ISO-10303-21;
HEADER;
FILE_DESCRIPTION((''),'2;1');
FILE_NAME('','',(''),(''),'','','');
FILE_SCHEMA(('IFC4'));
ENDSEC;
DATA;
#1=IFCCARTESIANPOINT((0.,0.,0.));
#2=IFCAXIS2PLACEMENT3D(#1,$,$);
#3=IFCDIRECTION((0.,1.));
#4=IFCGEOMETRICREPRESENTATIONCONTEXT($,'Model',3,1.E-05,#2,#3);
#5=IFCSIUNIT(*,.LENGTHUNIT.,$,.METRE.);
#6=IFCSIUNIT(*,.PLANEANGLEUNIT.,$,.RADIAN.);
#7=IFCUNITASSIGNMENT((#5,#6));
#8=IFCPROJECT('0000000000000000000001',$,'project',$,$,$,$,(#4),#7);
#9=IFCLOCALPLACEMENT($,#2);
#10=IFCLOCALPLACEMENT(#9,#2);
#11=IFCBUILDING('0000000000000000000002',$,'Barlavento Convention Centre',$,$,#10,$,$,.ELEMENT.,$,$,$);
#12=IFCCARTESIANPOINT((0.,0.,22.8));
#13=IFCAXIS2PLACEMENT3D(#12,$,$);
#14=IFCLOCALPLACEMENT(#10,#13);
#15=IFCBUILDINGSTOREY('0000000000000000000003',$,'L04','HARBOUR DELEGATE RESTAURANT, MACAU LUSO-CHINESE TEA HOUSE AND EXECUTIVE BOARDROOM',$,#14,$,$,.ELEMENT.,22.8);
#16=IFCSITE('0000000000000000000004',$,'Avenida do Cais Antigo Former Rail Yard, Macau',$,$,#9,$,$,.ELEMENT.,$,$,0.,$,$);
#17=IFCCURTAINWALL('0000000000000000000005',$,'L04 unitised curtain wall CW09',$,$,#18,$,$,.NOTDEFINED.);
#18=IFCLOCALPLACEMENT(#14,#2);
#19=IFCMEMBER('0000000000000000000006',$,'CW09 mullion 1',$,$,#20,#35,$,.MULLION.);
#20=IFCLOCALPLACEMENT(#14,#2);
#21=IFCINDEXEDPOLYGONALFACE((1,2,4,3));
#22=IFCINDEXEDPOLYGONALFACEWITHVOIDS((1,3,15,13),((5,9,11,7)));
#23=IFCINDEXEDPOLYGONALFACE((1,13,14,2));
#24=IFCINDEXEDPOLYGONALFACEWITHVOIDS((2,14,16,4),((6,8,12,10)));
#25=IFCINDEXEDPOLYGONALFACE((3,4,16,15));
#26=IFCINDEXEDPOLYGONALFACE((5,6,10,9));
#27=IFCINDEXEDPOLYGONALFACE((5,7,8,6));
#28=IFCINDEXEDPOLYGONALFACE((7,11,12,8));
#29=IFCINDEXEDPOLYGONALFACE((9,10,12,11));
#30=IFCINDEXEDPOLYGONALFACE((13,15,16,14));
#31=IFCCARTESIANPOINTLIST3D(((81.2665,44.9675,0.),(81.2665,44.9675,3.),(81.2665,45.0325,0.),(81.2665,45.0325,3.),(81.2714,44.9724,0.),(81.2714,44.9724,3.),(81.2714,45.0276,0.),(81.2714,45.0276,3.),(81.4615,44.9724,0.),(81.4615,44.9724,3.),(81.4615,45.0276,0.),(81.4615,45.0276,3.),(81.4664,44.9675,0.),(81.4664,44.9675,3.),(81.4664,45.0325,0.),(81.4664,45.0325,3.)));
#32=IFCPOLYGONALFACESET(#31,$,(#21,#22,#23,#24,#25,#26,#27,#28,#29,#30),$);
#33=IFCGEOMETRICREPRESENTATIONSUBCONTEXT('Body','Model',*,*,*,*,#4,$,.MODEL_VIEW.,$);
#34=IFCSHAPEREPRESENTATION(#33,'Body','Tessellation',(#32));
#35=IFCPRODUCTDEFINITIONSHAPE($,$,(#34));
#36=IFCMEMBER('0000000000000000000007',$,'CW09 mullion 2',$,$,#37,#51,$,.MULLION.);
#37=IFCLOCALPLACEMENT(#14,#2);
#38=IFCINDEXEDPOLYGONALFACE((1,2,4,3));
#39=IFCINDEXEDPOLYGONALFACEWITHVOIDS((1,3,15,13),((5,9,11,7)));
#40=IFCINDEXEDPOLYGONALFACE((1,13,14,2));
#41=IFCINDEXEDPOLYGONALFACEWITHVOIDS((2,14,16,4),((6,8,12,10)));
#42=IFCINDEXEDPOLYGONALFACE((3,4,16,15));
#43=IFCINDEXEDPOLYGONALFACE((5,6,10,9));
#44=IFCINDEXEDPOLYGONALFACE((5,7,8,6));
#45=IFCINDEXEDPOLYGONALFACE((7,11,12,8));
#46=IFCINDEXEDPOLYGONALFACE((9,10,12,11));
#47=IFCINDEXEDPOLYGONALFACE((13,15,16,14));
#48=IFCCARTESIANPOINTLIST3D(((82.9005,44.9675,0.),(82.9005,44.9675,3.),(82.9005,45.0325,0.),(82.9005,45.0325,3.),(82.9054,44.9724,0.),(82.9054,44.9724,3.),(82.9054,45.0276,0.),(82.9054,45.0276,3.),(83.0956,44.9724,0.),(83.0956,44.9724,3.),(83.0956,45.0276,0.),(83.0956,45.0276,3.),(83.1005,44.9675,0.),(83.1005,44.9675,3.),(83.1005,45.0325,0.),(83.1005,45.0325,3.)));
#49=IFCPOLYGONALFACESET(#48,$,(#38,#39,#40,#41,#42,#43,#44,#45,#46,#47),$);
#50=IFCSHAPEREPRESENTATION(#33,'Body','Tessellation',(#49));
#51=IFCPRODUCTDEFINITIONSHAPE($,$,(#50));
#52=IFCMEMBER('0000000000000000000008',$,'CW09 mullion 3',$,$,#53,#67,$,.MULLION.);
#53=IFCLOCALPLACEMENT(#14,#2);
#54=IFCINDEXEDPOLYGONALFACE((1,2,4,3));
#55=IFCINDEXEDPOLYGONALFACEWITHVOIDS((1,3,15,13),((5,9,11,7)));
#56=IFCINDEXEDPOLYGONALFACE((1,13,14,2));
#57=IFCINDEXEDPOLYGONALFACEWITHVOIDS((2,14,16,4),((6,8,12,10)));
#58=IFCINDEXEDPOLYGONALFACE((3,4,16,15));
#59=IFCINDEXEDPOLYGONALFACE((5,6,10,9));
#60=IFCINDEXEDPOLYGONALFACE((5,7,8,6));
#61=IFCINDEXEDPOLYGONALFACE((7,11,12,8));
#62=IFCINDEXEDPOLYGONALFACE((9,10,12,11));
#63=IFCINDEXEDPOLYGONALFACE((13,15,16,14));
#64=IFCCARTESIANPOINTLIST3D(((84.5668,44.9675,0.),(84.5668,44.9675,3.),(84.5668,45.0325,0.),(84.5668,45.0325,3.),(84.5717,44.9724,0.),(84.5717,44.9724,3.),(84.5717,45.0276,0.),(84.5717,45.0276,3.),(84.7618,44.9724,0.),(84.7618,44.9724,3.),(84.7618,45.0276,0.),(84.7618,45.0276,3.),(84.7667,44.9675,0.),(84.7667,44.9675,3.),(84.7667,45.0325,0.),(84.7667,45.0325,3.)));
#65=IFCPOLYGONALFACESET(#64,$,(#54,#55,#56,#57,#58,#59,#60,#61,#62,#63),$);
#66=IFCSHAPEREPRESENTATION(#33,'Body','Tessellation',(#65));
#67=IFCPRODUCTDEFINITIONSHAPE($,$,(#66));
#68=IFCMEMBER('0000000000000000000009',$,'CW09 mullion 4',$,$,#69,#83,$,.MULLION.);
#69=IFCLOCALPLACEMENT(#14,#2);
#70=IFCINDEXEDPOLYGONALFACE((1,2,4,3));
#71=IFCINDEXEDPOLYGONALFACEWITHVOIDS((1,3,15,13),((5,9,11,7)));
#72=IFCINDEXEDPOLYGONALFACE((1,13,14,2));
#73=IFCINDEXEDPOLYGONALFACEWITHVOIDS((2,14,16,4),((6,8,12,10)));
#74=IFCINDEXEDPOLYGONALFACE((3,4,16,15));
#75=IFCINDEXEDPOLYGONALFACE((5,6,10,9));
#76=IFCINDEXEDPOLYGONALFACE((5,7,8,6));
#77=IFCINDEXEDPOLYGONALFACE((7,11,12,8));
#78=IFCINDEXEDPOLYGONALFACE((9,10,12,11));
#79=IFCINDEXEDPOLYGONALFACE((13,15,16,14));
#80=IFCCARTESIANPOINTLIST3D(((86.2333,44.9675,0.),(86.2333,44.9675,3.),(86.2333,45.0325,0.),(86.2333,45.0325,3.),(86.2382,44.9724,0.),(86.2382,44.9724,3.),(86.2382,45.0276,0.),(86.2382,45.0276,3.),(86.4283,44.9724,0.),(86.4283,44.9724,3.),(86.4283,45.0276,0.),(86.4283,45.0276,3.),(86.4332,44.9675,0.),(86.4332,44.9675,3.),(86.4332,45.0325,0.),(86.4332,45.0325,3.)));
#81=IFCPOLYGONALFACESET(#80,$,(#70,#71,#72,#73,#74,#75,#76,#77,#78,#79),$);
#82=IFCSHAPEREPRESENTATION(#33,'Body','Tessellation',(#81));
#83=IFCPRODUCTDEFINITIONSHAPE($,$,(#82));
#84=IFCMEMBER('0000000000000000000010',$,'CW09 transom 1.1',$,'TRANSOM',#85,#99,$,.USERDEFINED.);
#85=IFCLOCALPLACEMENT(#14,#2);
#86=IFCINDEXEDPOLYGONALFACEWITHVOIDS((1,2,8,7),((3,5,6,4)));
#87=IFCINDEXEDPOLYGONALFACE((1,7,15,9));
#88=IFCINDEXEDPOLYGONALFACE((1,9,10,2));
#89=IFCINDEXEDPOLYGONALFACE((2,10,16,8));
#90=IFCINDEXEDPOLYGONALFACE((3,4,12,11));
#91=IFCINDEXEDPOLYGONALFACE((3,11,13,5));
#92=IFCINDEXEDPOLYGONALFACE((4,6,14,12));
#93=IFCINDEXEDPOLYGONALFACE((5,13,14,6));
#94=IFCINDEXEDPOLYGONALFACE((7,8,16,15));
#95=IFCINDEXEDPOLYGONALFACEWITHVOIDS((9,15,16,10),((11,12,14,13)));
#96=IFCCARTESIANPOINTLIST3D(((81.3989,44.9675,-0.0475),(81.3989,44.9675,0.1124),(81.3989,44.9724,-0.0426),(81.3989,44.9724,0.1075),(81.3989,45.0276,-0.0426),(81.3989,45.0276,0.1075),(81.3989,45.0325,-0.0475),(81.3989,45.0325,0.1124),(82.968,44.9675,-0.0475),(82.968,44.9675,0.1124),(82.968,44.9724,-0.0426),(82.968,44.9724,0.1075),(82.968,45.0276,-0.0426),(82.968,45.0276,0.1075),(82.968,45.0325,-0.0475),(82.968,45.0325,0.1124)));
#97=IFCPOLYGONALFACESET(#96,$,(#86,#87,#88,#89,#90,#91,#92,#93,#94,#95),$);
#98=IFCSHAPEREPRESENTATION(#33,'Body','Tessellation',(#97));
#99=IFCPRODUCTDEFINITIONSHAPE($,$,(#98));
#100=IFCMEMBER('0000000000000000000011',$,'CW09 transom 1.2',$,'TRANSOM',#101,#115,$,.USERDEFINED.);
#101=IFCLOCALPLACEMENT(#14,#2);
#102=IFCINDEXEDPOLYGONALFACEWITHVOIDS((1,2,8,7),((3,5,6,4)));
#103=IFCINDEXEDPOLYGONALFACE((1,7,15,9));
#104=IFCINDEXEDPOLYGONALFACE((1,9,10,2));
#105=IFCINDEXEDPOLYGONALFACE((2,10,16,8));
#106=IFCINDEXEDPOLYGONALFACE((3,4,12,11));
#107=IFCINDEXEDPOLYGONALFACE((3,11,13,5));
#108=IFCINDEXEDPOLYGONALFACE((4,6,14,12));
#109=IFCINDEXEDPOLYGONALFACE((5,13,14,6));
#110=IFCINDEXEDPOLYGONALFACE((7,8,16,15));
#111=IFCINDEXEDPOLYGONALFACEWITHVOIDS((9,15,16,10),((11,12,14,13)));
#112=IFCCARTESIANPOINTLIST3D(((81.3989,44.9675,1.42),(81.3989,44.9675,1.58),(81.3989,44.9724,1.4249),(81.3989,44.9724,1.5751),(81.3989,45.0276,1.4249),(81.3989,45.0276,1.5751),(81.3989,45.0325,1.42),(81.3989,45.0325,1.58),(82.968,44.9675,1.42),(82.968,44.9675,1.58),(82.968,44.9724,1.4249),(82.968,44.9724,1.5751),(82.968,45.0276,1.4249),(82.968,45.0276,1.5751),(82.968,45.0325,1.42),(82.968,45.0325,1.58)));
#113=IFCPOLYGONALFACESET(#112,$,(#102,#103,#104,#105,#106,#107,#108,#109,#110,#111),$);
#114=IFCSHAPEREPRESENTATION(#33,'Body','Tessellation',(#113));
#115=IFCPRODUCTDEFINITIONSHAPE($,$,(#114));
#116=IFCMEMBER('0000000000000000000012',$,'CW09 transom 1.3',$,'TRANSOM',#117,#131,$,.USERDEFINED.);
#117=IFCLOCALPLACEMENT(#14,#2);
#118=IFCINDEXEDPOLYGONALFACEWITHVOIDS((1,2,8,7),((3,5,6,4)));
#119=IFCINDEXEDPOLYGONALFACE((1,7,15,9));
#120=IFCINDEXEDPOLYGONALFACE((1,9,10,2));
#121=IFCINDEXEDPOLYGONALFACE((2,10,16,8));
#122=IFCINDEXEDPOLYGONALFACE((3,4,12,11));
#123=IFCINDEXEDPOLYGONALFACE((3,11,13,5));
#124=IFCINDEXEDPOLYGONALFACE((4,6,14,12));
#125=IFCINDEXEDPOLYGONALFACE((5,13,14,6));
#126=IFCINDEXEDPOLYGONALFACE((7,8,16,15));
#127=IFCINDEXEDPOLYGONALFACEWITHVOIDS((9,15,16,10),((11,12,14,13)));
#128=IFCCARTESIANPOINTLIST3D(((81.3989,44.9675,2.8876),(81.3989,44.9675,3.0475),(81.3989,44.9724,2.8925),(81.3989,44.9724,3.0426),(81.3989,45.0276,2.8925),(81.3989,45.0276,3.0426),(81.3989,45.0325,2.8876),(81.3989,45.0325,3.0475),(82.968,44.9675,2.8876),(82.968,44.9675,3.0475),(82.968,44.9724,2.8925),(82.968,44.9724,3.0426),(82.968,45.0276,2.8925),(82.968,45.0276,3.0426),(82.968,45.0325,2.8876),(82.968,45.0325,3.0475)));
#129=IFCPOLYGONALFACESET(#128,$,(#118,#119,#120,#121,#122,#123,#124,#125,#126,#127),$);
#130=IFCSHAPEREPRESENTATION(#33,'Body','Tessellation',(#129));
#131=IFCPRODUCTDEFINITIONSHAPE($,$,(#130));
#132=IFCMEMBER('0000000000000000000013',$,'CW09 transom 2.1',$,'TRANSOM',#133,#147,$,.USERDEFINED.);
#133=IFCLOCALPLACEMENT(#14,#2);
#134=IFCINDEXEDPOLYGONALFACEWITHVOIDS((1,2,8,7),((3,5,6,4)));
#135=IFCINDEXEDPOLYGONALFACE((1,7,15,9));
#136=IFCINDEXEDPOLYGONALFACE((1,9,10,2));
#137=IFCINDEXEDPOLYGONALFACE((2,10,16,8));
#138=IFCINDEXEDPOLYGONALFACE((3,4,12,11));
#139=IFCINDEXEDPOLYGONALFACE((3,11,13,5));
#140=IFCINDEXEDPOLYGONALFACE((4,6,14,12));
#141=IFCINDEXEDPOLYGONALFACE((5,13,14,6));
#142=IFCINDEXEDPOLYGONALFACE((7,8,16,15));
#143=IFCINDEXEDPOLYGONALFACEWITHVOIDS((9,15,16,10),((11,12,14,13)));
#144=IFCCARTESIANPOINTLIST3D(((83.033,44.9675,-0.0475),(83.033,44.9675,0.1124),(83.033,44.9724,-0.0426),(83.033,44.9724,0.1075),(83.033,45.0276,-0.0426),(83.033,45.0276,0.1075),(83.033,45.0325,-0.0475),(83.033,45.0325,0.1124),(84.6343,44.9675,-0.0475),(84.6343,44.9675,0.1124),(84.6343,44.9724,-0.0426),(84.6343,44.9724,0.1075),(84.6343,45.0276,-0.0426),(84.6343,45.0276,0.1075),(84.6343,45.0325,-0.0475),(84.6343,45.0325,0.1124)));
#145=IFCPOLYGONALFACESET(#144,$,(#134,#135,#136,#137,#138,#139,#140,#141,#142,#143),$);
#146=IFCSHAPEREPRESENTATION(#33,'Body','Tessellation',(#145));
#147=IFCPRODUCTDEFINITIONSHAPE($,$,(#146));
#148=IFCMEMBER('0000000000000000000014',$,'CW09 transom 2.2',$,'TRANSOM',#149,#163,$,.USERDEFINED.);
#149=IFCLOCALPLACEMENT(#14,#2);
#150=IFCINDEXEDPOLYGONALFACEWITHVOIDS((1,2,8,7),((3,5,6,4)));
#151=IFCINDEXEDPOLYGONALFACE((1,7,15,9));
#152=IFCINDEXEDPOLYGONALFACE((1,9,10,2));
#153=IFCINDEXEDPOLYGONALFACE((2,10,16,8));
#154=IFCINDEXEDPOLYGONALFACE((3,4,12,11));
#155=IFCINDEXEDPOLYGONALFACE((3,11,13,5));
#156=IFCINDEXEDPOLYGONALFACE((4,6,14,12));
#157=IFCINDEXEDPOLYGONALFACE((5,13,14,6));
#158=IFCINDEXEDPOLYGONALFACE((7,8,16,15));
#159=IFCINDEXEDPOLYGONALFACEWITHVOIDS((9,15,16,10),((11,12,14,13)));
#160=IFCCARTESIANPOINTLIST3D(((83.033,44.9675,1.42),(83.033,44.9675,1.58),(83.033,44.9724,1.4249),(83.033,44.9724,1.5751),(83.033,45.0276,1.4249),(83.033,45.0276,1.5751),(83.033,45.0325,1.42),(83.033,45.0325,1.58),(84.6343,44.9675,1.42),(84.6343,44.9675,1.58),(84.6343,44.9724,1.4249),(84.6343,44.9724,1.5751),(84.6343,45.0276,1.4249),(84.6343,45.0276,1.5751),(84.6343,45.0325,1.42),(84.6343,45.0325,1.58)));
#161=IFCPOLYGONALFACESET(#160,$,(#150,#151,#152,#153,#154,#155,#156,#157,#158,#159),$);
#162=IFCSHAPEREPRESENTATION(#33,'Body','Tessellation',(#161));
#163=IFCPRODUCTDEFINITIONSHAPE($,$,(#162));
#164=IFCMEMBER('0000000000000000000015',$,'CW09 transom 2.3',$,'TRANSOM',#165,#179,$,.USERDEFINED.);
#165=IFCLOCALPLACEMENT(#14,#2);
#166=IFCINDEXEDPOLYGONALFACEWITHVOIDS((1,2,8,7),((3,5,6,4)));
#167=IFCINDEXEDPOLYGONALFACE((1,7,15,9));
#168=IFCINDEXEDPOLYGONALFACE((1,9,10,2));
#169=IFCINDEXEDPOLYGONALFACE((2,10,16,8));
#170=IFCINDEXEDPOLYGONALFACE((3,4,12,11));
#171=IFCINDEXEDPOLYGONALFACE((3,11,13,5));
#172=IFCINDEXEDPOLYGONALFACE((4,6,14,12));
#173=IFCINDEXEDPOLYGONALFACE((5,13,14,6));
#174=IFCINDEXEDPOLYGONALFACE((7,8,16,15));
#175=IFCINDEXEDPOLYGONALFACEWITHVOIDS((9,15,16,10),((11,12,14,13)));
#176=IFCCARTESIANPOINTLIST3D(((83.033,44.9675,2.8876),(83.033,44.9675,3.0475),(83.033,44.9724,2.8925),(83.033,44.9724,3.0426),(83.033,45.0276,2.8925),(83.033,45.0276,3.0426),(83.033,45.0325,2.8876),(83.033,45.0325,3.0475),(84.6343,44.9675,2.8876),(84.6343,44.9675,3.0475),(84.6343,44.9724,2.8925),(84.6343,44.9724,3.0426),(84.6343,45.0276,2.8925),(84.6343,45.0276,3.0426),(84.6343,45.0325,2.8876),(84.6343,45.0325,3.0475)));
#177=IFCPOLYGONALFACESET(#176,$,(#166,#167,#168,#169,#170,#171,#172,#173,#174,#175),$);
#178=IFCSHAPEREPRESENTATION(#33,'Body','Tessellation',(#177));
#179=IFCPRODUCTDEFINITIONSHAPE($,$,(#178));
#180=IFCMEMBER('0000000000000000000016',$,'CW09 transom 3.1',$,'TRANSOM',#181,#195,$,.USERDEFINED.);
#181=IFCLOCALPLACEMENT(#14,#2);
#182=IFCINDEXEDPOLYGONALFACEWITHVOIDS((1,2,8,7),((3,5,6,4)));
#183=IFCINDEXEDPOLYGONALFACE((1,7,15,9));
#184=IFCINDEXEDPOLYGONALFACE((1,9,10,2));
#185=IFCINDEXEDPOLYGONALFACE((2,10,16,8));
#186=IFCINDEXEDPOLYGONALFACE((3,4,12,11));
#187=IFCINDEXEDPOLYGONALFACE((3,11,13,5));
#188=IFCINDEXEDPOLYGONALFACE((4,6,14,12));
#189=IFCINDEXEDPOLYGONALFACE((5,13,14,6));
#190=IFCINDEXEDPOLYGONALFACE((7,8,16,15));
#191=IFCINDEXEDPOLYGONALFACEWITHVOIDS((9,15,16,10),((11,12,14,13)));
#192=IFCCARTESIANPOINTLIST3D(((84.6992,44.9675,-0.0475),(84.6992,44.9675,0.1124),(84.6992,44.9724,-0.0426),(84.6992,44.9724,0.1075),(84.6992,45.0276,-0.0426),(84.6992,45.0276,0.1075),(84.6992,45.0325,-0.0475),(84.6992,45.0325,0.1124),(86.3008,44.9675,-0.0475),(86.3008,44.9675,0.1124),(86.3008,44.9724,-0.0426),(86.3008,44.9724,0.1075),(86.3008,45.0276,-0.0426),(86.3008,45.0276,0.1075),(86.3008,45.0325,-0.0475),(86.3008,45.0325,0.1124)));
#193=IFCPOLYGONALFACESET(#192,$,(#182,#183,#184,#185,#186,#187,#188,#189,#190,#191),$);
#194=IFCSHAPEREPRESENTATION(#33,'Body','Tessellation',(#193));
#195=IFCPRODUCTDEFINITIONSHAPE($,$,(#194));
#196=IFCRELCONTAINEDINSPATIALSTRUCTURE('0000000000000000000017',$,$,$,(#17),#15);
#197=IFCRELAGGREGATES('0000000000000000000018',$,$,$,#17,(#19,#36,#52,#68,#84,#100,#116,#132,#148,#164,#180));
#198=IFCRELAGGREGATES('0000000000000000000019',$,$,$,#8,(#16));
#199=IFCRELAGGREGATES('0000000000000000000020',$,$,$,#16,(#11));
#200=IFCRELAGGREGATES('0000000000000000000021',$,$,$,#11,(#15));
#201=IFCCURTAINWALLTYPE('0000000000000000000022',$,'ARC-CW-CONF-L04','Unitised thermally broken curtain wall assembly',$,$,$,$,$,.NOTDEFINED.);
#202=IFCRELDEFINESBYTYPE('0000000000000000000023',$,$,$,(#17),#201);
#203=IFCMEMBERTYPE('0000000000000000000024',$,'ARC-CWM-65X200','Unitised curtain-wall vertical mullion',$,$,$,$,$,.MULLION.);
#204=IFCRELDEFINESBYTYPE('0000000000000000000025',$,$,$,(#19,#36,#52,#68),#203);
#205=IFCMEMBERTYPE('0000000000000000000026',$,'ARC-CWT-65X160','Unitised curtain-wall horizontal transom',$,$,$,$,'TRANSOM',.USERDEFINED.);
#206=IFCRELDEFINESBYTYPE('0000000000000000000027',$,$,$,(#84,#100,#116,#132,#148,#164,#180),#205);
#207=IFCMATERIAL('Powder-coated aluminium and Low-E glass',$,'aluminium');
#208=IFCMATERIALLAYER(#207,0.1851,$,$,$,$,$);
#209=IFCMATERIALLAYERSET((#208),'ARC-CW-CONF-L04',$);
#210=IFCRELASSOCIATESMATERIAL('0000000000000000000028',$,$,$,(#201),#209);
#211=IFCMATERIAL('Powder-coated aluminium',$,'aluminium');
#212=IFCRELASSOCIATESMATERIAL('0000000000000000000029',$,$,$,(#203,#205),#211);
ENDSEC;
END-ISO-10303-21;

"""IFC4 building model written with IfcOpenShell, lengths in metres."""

from ifc_helpers import new_model, si_unit, direction, frame, origin, origin_2d, place, context, subcontext, project, spatial, hollow_rectangle, extrude, material, layer, layer_set, material_profile, profile_set, type_object, element, aggregate, save


model = new_model("IFC4")

# Units and contexts
model_context = context("Model", 3, precision=1e-05, world=origin(), true_north=direction((0.0, 1.0)))
body_context = subcontext(model_context, "Body", "Model", "MODEL_VIEW")
ifc_project = project(units=[si_unit("LENGTHUNIT", "METRE"), si_unit("PLANEANGLEUNIT", "RADIAN")], contexts=[model_context])

# Site, building, storey
site_placement = place(None, origin())
site = spatial("IfcSite", under=ifc_project, at=site_placement, Name="Avenida do Cais Antigo Former Rail Yard, Macau", CompositionType="ELEMENT", RefElevation=0.0)
building_placement = place(site_placement, origin())
building = spatial("IfcBuilding", under=site, at=building_placement, Name="Barlavento Convention Centre", CompositionType="ELEMENT")
storey_placement = place(building_placement, frame((0.0, 0.0, 22.8)))
storey = spatial("IfcBuildingStorey", under=building, at=storey_placement, Name="L04", Description="HARBOUR DELEGATE RESTAURANT, MACAU LUSO-CHINESE TEA HOUSE AND EXECUTIVE BOARDROOM", CompositionType="ELEMENT", Elevation=22.8)

# Curtain wall, members
ifc_material_1 = material(Name="Powder-coated aluminium and Low-E glass", Category="aluminium")
ifc_layer_1 = layer(ifc_material_1, 0.1851)
ifc_layer_set_1 = layer_set([ifc_layer_1], Name="ARC-CW-CONF-L04")
curtain_wall_type = type_object("IfcCurtainWallType", Name="ARC-CW-CONF-L04", Description="Unitised thermally broken curtain wall assembly", PredefinedType="NOTDEFINED", material=ifc_layer_set_1)
curtain_wall_placement = place(storey_placement, origin())
curtain_wall = element("IfcCurtainWall", 1, at=curtain_wall_placement, inside=storey, type_object=curtain_wall_type, Name="L04 unitised curtain wall CW09", PredefinedType="NOTDEFINED")
ifc_material_2 = material(Name="Powder-coated aluminium", Category="aluminium")
ifc_material_profile_1 = material_profile(ifc_material_2, hollow_rectangle(XDim=0.0649, YDim=0.2, WallThickness=0.0049, at=origin_2d()), Name="AL-MULL 65x200x5")
ifc_profile_set_1 = profile_set([ifc_material_profile_1], Name="Powder-coated aluminium")
member_type_1 = type_object("IfcMemberType", Name="ARC-CWM-65X200", Description="Unitised curtain-wall vertical mullion", PredefinedType="MULLION", material=ifc_profile_set_1)
member_1_placement = place(storey_placement, frame((81.3665, 45.0, 0.0), z_axis=(0.0, 0.0, 1.0), x_axis=(0.0, 1.0, 0.0)))
member_1 = element("IfcMember", 2, at=member_1_placement, type_object=member_type_1, Name="CW09 mullion 1", PredefinedType="MULLION", context=body_context, shape_type="SweptSolid", body=[
    extrude(hollow_rectangle(XDim=0.0649, YDim=0.2, WallThickness=0.0049, at=origin_2d()), origin(), (0.0, 0.0, 1.0), 3.0),
])
member_2_placement = place(storey_placement, frame((83.0005, 45.0, 0.0), z_axis=(0.0, 0.0, 1.0), x_axis=(0.0, 1.0, 0.0)))
member_2 = element("IfcMember", 3, at=member_2_placement, type_object=member_type_1, Name="CW09 mullion 2", PredefinedType="MULLION", context=body_context, shape_type="SweptSolid", body=[
    extrude(hollow_rectangle(XDim=0.0649, YDim=0.2, WallThickness=0.0049, at=origin_2d()), origin(), (0.0, 0.0, 1.0), 3.0),
])
member_3_placement = place(storey_placement, frame((84.6667, 45.0, 0.0), z_axis=(0.0, 0.0, 1.0), x_axis=(0.0, 1.0, 0.0)))
member_3 = element("IfcMember", 4, at=member_3_placement, type_object=member_type_1, Name="CW09 mullion 3", PredefinedType="MULLION", context=body_context, shape_type="SweptSolid", body=[
    extrude(hollow_rectangle(XDim=0.0649, YDim=0.2, WallThickness=0.0049, at=origin_2d()), origin(), (0.0, 0.0, 1.0), 3.0),
])
member_4_placement = place(storey_placement, frame((86.3333, 45.0, 0.0), z_axis=(0.0, 0.0, 1.0), x_axis=(0.0, 1.0, 0.0)))
member_4 = element("IfcMember", 5, at=member_4_placement, type_object=member_type_1, Name="CW09 mullion 4", PredefinedType="MULLION", context=body_context, shape_type="SweptSolid", body=[
    extrude(hollow_rectangle(XDim=0.0649, YDim=0.2, WallThickness=0.0049, at=origin_2d()), origin(), (0.0, 0.0, 1.0), 3.0),
])
ifc_material_profile_2 = material_profile(ifc_material_2, hollow_rectangle(XDim=0.0649, YDim=0.1599, WallThickness=0.0049, at=origin_2d()), Name="AL-TRAN 65x160x5")
ifc_profile_set_2 = profile_set([ifc_material_profile_2], Name="Powder-coated aluminium")
member_type_2 = type_object("IfcMemberType", Name="ARC-CWT-65X160", Description="Unitised curtain-wall horizontal transom", ElementType="TRANSOM", PredefinedType="USERDEFINED", material=ifc_profile_set_2)
member_5_placement = place(storey_placement, frame((81.3989, 45.0, 0.0325), z_axis=(1.0, 0.0, 0.0), x_axis=(0.0, 1.0, 0.0)))
member_5 = element("IfcMember", 6, at=member_5_placement, type_object=member_type_2, Name="CW09 transom 1.1", ObjectType="TRANSOM", PredefinedType="USERDEFINED", context=body_context, shape_type="SweptSolid", body=[
    extrude(hollow_rectangle(XDim=0.0649, YDim=0.1599, WallThickness=0.0049, at=origin_2d()), origin(), (0.0, 0.0, 1.0), 1.5691),
])
member_6_placement = place(storey_placement, frame((81.3989, 45.0, 1.5), z_axis=(1.0, 0.0, 0.0), x_axis=(0.0, 1.0, 0.0)))
member_6 = element("IfcMember", 7, at=member_6_placement, type_object=member_type_2, Name="CW09 transom 1.2", ObjectType="TRANSOM", PredefinedType="USERDEFINED", context=body_context, shape_type="SweptSolid", body=[
    extrude(hollow_rectangle(XDim=0.0649, YDim=0.1599, WallThickness=0.0049, at=origin_2d()), origin(), (0.0, 0.0, 1.0), 1.5691),
])
member_7_placement = place(storey_placement, frame((81.3989, 45.0, 2.9675), z_axis=(1.0, 0.0, 0.0), x_axis=(0.0, 1.0, 0.0)))
member_7 = element("IfcMember", 8, at=member_7_placement, type_object=member_type_2, Name="CW09 transom 1.3", ObjectType="TRANSOM", PredefinedType="USERDEFINED", context=body_context, shape_type="SweptSolid", body=[
    extrude(hollow_rectangle(XDim=0.0649, YDim=0.1599, WallThickness=0.0049, at=origin_2d()), origin(), (0.0, 0.0, 1.0), 1.5691),
])
member_8_placement = place(storey_placement, frame((83.033, 45.0, 0.0325), z_axis=(1.0, 0.0, 0.0), x_axis=(0.0, 1.0, 0.0)))
member_8 = element("IfcMember", 9, at=member_8_placement, type_object=member_type_2, Name="CW09 transom 2.1", ObjectType="TRANSOM", PredefinedType="USERDEFINED", context=body_context, shape_type="SweptSolid", body=[
    extrude(hollow_rectangle(XDim=0.0649, YDim=0.1599, WallThickness=0.0049, at=origin_2d()), origin(), (0.0, 0.0, 1.0), 1.6013),
])
member_9_placement = place(storey_placement, frame((83.033, 45.0, 1.5), z_axis=(1.0, 0.0, 0.0), x_axis=(0.0, 1.0, 0.0)))
member_9 = element("IfcMember", 10, at=member_9_placement, type_object=member_type_2, Name="CW09 transom 2.2", ObjectType="TRANSOM", PredefinedType="USERDEFINED", context=body_context, shape_type="SweptSolid", body=[
    extrude(hollow_rectangle(XDim=0.0649, YDim=0.1599, WallThickness=0.0049, at=origin_2d()), origin(), (0.0, 0.0, 1.0), 1.6013),
])
member_10_placement = place(storey_placement, frame((83.033, 45.0, 2.9675), z_axis=(1.0, 0.0, 0.0), x_axis=(0.0, 1.0, 0.0)))
member_10 = element("IfcMember", 11, at=member_10_placement, type_object=member_type_2, Name="CW09 transom 2.3", ObjectType="TRANSOM", PredefinedType="USERDEFINED", context=body_context, shape_type="SweptSolid", body=[
    extrude(hollow_rectangle(XDim=0.0649, YDim=0.1599, WallThickness=0.0049, at=origin_2d()), origin(), (0.0, 0.0, 1.0), 1.6013),
])
member_11_placement = place(storey_placement, frame((84.6992, 45.0, 0.0325), z_axis=(1.0, 0.0, 0.0), x_axis=(0.0, 1.0, 0.0)))
member_11 = element("IfcMember", 12, at=member_11_placement, type_object=member_type_2, Name="CW09 transom 3.1", ObjectType="TRANSOM", PredefinedType="USERDEFINED", context=body_context, shape_type="SweptSolid", body=[
    extrude(hollow_rectangle(XDim=0.0649, YDim=0.1599, WallThickness=0.0049, at=origin_2d()), origin(), (0.0, 0.0, 1.0), 1.6016),
])
aggregate(curtain_wall, [member_1, member_2, member_3, member_4, member_5, member_6, member_7, member_8, member_9, member_10, member_11])

save(model, "model.ifc")
